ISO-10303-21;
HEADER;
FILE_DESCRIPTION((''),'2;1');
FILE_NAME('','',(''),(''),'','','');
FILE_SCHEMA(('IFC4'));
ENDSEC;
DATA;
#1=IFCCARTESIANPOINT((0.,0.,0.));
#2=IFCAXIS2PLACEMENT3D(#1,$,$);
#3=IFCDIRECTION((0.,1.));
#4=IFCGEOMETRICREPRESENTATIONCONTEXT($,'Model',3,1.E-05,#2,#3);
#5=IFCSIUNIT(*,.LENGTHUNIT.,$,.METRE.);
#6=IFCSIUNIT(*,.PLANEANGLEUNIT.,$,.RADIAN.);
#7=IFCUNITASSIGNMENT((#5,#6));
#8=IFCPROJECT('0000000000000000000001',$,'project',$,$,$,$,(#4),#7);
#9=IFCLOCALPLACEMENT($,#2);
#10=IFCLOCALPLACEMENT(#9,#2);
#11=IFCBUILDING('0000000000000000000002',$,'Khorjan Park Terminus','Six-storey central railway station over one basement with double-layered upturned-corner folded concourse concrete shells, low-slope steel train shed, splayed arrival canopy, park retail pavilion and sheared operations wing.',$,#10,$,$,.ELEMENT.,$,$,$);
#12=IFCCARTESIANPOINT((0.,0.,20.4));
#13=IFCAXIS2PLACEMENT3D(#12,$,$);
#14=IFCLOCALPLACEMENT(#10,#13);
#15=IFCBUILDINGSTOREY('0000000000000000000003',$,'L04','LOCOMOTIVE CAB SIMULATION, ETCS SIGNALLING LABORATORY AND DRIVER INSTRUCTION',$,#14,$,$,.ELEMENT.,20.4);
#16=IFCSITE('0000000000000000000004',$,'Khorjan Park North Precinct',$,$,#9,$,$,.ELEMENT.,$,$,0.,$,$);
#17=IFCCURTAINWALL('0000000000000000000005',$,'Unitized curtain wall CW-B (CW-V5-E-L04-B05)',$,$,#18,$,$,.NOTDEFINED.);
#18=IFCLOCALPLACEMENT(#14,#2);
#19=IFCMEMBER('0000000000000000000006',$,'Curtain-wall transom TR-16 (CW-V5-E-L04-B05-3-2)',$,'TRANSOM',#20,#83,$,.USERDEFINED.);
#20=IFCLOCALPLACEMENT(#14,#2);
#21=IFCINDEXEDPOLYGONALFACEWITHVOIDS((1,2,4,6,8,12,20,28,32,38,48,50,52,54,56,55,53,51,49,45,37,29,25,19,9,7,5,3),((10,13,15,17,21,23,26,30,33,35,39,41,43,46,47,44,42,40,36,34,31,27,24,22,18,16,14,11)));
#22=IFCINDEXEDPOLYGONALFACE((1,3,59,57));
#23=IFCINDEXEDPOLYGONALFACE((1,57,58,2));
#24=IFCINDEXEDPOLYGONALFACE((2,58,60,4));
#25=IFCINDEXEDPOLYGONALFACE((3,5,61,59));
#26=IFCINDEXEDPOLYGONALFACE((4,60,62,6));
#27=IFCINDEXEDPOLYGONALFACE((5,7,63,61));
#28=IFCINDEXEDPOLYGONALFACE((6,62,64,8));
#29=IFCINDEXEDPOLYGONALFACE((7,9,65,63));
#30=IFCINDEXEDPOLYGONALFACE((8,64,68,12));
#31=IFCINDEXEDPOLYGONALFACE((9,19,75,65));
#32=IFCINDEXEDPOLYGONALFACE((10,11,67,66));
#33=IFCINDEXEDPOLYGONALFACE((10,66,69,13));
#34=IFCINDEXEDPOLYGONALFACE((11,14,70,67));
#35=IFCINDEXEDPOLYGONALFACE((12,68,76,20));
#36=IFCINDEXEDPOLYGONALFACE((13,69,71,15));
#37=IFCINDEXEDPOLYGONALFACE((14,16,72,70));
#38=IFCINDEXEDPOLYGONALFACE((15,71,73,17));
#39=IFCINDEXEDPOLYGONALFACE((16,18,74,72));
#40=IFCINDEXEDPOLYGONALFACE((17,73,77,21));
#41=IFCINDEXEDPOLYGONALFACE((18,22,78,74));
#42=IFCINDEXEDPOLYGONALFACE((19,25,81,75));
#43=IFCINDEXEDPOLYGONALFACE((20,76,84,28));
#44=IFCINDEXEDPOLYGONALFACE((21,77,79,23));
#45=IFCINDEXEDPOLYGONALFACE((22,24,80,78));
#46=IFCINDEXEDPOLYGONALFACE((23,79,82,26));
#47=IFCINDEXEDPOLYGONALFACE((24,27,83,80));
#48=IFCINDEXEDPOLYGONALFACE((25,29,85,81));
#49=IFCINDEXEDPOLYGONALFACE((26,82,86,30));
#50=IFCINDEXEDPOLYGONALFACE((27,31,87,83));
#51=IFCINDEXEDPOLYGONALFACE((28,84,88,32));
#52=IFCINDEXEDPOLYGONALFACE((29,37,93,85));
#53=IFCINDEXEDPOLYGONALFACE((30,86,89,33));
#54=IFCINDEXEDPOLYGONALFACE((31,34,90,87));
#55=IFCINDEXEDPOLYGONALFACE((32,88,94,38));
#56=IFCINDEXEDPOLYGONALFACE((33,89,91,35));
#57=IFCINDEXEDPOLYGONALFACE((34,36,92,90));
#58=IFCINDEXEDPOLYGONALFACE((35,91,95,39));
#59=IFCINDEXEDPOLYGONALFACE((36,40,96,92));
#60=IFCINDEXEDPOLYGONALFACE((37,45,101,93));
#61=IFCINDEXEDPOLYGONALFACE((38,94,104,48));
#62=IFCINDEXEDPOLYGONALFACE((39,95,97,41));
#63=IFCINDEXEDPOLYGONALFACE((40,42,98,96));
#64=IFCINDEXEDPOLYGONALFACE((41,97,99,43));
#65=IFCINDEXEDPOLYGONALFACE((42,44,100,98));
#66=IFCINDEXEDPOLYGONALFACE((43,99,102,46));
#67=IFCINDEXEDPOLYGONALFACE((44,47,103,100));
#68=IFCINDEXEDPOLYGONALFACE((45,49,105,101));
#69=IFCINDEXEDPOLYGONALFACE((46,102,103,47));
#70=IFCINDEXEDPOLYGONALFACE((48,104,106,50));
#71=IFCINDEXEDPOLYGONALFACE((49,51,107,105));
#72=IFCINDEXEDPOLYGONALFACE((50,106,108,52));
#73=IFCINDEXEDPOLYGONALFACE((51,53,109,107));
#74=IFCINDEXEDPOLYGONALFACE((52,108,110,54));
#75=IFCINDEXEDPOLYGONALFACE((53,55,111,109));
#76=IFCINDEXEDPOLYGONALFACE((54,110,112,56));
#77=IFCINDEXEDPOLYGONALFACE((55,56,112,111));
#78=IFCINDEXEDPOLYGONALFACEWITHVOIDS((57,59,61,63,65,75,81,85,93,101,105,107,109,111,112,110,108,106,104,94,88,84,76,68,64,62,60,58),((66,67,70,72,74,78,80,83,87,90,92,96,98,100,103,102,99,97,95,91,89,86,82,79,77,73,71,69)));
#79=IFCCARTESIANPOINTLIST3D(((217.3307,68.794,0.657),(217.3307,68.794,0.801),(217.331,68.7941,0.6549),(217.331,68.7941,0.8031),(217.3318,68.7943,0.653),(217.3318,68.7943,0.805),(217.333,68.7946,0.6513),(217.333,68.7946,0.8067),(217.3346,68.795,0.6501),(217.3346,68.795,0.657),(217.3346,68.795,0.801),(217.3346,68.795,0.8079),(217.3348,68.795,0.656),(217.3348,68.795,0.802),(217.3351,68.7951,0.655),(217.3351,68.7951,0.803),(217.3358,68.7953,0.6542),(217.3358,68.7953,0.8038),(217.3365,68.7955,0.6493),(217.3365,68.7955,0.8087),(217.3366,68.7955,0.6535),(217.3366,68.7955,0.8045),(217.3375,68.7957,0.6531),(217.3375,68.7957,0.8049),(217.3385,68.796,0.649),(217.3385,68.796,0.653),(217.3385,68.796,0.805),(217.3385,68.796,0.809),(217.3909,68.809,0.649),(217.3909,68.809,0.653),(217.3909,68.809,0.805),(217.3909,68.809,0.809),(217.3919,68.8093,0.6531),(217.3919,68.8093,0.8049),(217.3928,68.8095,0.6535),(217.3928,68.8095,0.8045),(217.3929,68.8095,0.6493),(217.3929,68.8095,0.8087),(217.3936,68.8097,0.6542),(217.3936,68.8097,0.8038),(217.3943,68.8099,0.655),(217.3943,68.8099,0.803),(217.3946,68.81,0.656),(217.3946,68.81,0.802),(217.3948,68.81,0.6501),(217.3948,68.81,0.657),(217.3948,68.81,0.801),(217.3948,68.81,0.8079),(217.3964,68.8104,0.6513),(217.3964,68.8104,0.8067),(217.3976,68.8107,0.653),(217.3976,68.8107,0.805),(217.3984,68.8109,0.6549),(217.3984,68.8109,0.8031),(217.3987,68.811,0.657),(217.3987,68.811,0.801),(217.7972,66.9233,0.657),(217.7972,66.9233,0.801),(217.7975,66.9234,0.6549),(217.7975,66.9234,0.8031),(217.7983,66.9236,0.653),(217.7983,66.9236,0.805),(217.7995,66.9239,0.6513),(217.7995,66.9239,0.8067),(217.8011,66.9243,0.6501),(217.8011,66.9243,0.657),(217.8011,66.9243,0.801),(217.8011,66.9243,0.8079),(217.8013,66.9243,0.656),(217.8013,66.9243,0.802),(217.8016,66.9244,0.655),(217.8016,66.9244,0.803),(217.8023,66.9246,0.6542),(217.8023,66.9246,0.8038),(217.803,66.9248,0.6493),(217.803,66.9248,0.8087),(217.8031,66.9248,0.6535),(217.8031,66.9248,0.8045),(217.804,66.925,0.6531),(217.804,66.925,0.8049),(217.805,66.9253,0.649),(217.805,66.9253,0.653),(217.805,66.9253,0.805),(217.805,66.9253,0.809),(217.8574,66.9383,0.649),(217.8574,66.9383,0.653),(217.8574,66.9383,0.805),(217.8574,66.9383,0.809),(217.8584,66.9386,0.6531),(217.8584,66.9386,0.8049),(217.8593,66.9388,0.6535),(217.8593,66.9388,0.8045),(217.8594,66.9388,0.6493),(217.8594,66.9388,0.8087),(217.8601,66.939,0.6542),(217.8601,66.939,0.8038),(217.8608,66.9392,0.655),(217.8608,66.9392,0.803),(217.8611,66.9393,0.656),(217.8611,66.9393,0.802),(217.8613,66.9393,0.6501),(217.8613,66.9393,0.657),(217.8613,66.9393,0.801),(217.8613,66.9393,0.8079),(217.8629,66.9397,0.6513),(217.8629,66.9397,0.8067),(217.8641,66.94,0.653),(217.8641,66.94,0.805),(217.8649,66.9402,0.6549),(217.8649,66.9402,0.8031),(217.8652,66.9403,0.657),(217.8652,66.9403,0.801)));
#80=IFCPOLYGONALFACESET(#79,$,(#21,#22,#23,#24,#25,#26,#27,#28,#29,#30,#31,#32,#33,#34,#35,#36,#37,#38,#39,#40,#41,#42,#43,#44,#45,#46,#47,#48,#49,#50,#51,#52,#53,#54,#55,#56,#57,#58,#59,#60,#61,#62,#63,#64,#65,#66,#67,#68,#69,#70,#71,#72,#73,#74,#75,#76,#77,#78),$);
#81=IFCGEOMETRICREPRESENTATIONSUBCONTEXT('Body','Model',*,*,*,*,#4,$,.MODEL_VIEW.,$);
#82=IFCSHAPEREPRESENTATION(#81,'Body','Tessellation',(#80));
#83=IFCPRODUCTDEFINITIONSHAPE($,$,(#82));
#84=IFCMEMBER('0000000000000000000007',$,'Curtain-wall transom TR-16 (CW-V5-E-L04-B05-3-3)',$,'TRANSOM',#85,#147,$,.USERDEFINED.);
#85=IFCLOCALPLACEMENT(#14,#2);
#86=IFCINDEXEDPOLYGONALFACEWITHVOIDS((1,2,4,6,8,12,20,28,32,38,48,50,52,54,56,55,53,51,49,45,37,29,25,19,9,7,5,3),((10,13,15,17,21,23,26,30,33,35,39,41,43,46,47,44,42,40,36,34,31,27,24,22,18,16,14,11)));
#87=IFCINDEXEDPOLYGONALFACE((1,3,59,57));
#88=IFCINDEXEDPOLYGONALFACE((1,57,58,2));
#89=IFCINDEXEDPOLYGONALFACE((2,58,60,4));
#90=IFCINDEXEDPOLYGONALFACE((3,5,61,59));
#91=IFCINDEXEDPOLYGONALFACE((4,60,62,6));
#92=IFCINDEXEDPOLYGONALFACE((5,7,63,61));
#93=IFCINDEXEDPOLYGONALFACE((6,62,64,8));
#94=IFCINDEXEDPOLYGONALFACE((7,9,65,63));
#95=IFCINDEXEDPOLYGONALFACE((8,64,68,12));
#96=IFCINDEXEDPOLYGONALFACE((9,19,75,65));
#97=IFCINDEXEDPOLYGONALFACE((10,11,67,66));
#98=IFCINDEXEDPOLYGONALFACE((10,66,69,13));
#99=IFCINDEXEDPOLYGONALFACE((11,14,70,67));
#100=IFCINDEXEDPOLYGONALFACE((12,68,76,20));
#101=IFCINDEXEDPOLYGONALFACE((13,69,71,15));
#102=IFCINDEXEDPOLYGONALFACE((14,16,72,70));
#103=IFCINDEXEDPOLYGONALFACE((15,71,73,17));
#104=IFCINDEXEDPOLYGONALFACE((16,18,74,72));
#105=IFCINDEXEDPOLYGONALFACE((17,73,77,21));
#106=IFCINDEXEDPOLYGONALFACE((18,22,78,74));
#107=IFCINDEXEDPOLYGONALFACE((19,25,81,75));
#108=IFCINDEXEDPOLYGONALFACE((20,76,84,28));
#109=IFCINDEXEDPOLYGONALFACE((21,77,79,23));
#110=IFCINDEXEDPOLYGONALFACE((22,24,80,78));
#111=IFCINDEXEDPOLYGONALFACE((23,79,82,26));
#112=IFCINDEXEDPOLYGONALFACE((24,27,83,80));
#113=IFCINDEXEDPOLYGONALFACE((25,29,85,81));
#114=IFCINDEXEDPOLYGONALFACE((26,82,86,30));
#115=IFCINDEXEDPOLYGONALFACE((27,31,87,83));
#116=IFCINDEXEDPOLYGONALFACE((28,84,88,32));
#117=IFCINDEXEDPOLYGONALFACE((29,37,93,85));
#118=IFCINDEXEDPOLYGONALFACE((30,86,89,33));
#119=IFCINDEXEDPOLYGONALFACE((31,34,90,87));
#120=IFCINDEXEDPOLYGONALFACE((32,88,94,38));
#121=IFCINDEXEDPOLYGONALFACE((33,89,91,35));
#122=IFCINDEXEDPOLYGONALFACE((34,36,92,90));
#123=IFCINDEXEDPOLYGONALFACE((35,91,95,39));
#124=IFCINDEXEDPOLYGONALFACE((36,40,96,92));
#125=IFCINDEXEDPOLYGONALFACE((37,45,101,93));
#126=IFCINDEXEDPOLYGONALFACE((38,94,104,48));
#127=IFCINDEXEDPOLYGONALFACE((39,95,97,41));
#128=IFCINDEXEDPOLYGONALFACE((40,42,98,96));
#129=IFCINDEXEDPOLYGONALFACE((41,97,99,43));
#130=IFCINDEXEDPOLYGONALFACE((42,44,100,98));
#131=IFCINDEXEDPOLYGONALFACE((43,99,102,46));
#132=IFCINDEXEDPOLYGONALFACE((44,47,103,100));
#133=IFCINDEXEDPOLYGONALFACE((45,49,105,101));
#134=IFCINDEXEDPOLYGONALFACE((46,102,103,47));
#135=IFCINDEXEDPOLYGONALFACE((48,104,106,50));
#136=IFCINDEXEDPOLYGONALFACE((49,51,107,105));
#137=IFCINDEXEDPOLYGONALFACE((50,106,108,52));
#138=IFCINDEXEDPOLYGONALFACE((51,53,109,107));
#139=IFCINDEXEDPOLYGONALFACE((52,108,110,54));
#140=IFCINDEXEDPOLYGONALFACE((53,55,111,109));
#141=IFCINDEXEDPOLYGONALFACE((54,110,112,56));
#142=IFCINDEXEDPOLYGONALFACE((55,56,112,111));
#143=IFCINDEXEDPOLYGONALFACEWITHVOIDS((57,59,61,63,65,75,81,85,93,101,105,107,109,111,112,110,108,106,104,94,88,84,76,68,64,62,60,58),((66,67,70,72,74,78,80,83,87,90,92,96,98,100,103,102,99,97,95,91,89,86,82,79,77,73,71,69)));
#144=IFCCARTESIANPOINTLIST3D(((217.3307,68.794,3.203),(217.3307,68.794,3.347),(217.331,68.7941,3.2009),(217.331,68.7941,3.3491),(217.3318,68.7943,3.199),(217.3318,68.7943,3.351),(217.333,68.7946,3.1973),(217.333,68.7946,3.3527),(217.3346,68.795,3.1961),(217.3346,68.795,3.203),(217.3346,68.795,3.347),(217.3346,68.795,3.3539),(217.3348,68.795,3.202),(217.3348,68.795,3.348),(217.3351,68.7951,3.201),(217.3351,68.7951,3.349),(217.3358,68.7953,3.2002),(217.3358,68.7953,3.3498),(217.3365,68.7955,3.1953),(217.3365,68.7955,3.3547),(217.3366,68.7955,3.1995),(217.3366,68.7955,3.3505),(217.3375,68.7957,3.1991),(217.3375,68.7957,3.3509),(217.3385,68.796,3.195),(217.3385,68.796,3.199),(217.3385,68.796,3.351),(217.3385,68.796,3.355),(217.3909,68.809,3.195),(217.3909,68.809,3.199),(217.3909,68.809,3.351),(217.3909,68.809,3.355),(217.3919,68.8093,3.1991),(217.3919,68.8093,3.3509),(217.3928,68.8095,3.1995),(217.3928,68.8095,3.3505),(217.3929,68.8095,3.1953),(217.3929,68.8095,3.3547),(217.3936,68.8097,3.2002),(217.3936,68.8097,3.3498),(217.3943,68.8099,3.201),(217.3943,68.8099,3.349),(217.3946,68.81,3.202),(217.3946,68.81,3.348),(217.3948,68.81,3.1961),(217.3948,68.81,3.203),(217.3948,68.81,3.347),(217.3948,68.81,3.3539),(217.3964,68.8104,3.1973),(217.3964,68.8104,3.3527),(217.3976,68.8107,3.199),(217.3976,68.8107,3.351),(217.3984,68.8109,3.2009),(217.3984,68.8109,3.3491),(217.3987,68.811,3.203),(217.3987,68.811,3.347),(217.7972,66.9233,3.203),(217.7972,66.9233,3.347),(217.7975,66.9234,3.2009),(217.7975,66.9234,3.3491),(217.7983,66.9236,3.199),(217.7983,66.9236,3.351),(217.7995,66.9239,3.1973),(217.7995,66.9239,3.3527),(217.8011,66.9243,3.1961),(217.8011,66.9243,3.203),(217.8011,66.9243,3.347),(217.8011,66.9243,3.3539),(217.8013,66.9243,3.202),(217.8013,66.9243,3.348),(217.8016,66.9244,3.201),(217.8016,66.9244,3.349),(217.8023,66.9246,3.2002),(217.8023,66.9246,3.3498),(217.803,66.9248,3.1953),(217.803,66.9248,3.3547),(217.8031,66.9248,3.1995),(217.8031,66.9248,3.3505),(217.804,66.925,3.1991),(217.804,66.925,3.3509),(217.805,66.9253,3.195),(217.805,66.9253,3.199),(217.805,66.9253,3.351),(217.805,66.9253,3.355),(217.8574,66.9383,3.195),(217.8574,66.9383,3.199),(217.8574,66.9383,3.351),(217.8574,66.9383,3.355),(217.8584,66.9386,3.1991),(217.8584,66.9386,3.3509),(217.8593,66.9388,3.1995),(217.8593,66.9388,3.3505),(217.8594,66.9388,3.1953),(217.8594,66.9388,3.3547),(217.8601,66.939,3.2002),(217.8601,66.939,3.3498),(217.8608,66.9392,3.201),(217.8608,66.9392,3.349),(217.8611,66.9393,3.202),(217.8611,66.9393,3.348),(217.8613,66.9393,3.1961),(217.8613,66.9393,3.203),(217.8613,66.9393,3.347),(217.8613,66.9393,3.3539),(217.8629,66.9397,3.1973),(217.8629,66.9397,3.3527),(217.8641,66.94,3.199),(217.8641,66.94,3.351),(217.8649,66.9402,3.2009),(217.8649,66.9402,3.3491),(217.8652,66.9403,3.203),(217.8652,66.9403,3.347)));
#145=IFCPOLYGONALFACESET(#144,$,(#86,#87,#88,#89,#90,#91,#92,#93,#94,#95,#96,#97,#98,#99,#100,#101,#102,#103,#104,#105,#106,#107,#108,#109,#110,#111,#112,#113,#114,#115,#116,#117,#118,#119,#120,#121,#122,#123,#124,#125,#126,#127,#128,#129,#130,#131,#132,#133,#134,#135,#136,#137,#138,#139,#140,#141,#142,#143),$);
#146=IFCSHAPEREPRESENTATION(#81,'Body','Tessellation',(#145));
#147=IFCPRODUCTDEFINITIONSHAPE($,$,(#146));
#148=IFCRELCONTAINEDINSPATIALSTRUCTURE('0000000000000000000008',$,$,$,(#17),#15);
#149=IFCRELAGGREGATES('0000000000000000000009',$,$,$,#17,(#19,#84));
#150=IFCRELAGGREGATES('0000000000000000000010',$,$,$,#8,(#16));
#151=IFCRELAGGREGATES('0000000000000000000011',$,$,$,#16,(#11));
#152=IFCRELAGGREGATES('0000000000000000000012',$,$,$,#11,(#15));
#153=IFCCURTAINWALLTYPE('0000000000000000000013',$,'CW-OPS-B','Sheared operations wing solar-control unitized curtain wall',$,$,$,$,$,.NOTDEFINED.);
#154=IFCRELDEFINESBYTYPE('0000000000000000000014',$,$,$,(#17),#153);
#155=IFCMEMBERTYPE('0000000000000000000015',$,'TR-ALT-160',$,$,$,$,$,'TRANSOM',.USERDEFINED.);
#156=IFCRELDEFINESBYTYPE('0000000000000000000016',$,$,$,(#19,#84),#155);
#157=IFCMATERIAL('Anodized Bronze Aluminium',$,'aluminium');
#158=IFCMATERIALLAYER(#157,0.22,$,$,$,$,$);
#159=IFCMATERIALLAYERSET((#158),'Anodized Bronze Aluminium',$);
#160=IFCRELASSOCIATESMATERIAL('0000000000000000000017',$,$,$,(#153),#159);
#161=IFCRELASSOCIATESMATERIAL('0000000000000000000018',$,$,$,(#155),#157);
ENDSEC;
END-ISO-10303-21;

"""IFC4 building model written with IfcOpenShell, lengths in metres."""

from ifc_helpers import new_model, si_unit, direction, frame, origin, origin_2d, place, context, subcontext, project, spatial, hollow_rectangle, extrude, material, layer, layer_set, material_profile, profile_set, type_object, element, aggregate, save


model = new_model("IFC4")

# Units and contexts
model_context = context("Model", 3, precision=1e-05, world=origin(), true_north=direction((0.0, 1.0)))
body_context = subcontext(model_context, "Body", "Model", "MODEL_VIEW")
ifc_project = project(units=[si_unit("LENGTHUNIT", "METRE"), si_unit("PLANEANGLEUNIT", "RADIAN")], contexts=[model_context])

# Site, building, storey
site_placement = place(None, origin())
site = spatial("IfcSite", under=ifc_project, at=site_placement, Name="Khorjan Park North Precinct", CompositionType="ELEMENT", RefElevation=0.0)
building_placement = place(site_placement, origin())
building = spatial("IfcBuilding", under=site, at=building_placement, Name="Khorjan Park Terminus", Description="Six-storey central railway station over one basement with double-layered upturned-corner folded concourse concrete shells, low-slope steel train shed, splayed arrival canopy, park retail pavilion and sheared operations wing.", CompositionType="ELEMENT")
storey_placement = place(building_placement, frame((0.0, 0.0, 20.4)))
storey = spatial("IfcBuildingStorey", under=building, at=storey_placement, Name="L04", Description="LOCOMOTIVE CAB SIMULATION, ETCS SIGNALLING LABORATORY AND DRIVER INSTRUCTION", CompositionType="ELEMENT", Elevation=20.4)

# Curtain wall, members
ifc_material_1 = material(Name="Anodized Bronze Aluminium", Category="aluminium")
ifc_layer_1 = layer(ifc_material_1, 0.22)
ifc_layer_set_1 = layer_set([ifc_layer_1], Name="Anodized Bronze Aluminium")
curtain_wall_type = type_object("IfcCurtainWallType", Name="CW-OPS-B", Description="Sheared operations wing solar-control unitized curtain wall", PredefinedType="NOTDEFINED", material=ifc_layer_set_1)
curtain_wall_placement = place(storey_placement, origin())
curtain_wall = element("IfcCurtainWall", 1, at=curtain_wall_placement, inside=storey, type_object=curtain_wall_type, Name="Unitized curtain wall CW-B (CW-V5-E-L04-B05)", PredefinedType="NOTDEFINED")
ifc_material_profile_1 = material_profile(ifc_material_1, hollow_rectangle(XDim=0.07, YDim=0.16, WallThickness=0.004, InnerFilletRadius=0.004, OuterFilletRadius=0.008, at=origin_2d()), Name="ALT 70x160x4")
ifc_profile_set_1 = profile_set([ifc_material_profile_1], Name="Anodized Bronze Aluminium")
member_type_1 = type_object("IfcMemberType", Name="TR-ALT-160", ElementType="TRANSOM", PredefinedType="USERDEFINED", material=ifc_profile_set_1)
member_1_placement = place(storey_placement, frame((217.8312, 66.9318, 0.729), z_axis=(-0.241962, 0.970286, 0.0), x_axis=(-0.970286, -0.241962, 0.0)))
member_1 = element("IfcMember", 2, at=member_1_placement, type_object=member_type_1, Name="Curtain-wall transom TR-16 (CW-V5-E-L04-B05-3-2)", ObjectType="TRANSOM", PredefinedType="USERDEFINED", context=body_context, shape_type="SweptSolid", body=[
    extrude(hollow_rectangle(XDim=0.07, YDim=0.16, WallThickness=0.004, InnerFilletRadius=0.004, OuterFilletRadius=0.008, at=origin_2d()), origin(), (0.0, 0.0, 1.0), 1.928),
])
member_2_placement = place(storey_placement, frame((217.8312, 66.9318, 3.275), z_axis=(-0.241962, 0.970286, 0.0), x_axis=(-0.970286, -0.241962, 0.0)))
member_2 = element("IfcMember", 3, at=member_2_placement, type_object=member_type_1, Name="Curtain-wall transom TR-16 (CW-V5-E-L04-B05-3-3)", ObjectType="TRANSOM", PredefinedType="USERDEFINED", context=body_context, shape_type="SweptSolid", body=[
    extrude(hollow_rectangle(XDim=0.07, YDim=0.16, WallThickness=0.004, InnerFilletRadius=0.004, OuterFilletRadius=0.008, at=origin_2d()), origin(), (0.0, 0.0, 1.0), 1.928),
])
aggregate(curtain_wall, [member_1, member_2])

save(model, "model.ifc")
